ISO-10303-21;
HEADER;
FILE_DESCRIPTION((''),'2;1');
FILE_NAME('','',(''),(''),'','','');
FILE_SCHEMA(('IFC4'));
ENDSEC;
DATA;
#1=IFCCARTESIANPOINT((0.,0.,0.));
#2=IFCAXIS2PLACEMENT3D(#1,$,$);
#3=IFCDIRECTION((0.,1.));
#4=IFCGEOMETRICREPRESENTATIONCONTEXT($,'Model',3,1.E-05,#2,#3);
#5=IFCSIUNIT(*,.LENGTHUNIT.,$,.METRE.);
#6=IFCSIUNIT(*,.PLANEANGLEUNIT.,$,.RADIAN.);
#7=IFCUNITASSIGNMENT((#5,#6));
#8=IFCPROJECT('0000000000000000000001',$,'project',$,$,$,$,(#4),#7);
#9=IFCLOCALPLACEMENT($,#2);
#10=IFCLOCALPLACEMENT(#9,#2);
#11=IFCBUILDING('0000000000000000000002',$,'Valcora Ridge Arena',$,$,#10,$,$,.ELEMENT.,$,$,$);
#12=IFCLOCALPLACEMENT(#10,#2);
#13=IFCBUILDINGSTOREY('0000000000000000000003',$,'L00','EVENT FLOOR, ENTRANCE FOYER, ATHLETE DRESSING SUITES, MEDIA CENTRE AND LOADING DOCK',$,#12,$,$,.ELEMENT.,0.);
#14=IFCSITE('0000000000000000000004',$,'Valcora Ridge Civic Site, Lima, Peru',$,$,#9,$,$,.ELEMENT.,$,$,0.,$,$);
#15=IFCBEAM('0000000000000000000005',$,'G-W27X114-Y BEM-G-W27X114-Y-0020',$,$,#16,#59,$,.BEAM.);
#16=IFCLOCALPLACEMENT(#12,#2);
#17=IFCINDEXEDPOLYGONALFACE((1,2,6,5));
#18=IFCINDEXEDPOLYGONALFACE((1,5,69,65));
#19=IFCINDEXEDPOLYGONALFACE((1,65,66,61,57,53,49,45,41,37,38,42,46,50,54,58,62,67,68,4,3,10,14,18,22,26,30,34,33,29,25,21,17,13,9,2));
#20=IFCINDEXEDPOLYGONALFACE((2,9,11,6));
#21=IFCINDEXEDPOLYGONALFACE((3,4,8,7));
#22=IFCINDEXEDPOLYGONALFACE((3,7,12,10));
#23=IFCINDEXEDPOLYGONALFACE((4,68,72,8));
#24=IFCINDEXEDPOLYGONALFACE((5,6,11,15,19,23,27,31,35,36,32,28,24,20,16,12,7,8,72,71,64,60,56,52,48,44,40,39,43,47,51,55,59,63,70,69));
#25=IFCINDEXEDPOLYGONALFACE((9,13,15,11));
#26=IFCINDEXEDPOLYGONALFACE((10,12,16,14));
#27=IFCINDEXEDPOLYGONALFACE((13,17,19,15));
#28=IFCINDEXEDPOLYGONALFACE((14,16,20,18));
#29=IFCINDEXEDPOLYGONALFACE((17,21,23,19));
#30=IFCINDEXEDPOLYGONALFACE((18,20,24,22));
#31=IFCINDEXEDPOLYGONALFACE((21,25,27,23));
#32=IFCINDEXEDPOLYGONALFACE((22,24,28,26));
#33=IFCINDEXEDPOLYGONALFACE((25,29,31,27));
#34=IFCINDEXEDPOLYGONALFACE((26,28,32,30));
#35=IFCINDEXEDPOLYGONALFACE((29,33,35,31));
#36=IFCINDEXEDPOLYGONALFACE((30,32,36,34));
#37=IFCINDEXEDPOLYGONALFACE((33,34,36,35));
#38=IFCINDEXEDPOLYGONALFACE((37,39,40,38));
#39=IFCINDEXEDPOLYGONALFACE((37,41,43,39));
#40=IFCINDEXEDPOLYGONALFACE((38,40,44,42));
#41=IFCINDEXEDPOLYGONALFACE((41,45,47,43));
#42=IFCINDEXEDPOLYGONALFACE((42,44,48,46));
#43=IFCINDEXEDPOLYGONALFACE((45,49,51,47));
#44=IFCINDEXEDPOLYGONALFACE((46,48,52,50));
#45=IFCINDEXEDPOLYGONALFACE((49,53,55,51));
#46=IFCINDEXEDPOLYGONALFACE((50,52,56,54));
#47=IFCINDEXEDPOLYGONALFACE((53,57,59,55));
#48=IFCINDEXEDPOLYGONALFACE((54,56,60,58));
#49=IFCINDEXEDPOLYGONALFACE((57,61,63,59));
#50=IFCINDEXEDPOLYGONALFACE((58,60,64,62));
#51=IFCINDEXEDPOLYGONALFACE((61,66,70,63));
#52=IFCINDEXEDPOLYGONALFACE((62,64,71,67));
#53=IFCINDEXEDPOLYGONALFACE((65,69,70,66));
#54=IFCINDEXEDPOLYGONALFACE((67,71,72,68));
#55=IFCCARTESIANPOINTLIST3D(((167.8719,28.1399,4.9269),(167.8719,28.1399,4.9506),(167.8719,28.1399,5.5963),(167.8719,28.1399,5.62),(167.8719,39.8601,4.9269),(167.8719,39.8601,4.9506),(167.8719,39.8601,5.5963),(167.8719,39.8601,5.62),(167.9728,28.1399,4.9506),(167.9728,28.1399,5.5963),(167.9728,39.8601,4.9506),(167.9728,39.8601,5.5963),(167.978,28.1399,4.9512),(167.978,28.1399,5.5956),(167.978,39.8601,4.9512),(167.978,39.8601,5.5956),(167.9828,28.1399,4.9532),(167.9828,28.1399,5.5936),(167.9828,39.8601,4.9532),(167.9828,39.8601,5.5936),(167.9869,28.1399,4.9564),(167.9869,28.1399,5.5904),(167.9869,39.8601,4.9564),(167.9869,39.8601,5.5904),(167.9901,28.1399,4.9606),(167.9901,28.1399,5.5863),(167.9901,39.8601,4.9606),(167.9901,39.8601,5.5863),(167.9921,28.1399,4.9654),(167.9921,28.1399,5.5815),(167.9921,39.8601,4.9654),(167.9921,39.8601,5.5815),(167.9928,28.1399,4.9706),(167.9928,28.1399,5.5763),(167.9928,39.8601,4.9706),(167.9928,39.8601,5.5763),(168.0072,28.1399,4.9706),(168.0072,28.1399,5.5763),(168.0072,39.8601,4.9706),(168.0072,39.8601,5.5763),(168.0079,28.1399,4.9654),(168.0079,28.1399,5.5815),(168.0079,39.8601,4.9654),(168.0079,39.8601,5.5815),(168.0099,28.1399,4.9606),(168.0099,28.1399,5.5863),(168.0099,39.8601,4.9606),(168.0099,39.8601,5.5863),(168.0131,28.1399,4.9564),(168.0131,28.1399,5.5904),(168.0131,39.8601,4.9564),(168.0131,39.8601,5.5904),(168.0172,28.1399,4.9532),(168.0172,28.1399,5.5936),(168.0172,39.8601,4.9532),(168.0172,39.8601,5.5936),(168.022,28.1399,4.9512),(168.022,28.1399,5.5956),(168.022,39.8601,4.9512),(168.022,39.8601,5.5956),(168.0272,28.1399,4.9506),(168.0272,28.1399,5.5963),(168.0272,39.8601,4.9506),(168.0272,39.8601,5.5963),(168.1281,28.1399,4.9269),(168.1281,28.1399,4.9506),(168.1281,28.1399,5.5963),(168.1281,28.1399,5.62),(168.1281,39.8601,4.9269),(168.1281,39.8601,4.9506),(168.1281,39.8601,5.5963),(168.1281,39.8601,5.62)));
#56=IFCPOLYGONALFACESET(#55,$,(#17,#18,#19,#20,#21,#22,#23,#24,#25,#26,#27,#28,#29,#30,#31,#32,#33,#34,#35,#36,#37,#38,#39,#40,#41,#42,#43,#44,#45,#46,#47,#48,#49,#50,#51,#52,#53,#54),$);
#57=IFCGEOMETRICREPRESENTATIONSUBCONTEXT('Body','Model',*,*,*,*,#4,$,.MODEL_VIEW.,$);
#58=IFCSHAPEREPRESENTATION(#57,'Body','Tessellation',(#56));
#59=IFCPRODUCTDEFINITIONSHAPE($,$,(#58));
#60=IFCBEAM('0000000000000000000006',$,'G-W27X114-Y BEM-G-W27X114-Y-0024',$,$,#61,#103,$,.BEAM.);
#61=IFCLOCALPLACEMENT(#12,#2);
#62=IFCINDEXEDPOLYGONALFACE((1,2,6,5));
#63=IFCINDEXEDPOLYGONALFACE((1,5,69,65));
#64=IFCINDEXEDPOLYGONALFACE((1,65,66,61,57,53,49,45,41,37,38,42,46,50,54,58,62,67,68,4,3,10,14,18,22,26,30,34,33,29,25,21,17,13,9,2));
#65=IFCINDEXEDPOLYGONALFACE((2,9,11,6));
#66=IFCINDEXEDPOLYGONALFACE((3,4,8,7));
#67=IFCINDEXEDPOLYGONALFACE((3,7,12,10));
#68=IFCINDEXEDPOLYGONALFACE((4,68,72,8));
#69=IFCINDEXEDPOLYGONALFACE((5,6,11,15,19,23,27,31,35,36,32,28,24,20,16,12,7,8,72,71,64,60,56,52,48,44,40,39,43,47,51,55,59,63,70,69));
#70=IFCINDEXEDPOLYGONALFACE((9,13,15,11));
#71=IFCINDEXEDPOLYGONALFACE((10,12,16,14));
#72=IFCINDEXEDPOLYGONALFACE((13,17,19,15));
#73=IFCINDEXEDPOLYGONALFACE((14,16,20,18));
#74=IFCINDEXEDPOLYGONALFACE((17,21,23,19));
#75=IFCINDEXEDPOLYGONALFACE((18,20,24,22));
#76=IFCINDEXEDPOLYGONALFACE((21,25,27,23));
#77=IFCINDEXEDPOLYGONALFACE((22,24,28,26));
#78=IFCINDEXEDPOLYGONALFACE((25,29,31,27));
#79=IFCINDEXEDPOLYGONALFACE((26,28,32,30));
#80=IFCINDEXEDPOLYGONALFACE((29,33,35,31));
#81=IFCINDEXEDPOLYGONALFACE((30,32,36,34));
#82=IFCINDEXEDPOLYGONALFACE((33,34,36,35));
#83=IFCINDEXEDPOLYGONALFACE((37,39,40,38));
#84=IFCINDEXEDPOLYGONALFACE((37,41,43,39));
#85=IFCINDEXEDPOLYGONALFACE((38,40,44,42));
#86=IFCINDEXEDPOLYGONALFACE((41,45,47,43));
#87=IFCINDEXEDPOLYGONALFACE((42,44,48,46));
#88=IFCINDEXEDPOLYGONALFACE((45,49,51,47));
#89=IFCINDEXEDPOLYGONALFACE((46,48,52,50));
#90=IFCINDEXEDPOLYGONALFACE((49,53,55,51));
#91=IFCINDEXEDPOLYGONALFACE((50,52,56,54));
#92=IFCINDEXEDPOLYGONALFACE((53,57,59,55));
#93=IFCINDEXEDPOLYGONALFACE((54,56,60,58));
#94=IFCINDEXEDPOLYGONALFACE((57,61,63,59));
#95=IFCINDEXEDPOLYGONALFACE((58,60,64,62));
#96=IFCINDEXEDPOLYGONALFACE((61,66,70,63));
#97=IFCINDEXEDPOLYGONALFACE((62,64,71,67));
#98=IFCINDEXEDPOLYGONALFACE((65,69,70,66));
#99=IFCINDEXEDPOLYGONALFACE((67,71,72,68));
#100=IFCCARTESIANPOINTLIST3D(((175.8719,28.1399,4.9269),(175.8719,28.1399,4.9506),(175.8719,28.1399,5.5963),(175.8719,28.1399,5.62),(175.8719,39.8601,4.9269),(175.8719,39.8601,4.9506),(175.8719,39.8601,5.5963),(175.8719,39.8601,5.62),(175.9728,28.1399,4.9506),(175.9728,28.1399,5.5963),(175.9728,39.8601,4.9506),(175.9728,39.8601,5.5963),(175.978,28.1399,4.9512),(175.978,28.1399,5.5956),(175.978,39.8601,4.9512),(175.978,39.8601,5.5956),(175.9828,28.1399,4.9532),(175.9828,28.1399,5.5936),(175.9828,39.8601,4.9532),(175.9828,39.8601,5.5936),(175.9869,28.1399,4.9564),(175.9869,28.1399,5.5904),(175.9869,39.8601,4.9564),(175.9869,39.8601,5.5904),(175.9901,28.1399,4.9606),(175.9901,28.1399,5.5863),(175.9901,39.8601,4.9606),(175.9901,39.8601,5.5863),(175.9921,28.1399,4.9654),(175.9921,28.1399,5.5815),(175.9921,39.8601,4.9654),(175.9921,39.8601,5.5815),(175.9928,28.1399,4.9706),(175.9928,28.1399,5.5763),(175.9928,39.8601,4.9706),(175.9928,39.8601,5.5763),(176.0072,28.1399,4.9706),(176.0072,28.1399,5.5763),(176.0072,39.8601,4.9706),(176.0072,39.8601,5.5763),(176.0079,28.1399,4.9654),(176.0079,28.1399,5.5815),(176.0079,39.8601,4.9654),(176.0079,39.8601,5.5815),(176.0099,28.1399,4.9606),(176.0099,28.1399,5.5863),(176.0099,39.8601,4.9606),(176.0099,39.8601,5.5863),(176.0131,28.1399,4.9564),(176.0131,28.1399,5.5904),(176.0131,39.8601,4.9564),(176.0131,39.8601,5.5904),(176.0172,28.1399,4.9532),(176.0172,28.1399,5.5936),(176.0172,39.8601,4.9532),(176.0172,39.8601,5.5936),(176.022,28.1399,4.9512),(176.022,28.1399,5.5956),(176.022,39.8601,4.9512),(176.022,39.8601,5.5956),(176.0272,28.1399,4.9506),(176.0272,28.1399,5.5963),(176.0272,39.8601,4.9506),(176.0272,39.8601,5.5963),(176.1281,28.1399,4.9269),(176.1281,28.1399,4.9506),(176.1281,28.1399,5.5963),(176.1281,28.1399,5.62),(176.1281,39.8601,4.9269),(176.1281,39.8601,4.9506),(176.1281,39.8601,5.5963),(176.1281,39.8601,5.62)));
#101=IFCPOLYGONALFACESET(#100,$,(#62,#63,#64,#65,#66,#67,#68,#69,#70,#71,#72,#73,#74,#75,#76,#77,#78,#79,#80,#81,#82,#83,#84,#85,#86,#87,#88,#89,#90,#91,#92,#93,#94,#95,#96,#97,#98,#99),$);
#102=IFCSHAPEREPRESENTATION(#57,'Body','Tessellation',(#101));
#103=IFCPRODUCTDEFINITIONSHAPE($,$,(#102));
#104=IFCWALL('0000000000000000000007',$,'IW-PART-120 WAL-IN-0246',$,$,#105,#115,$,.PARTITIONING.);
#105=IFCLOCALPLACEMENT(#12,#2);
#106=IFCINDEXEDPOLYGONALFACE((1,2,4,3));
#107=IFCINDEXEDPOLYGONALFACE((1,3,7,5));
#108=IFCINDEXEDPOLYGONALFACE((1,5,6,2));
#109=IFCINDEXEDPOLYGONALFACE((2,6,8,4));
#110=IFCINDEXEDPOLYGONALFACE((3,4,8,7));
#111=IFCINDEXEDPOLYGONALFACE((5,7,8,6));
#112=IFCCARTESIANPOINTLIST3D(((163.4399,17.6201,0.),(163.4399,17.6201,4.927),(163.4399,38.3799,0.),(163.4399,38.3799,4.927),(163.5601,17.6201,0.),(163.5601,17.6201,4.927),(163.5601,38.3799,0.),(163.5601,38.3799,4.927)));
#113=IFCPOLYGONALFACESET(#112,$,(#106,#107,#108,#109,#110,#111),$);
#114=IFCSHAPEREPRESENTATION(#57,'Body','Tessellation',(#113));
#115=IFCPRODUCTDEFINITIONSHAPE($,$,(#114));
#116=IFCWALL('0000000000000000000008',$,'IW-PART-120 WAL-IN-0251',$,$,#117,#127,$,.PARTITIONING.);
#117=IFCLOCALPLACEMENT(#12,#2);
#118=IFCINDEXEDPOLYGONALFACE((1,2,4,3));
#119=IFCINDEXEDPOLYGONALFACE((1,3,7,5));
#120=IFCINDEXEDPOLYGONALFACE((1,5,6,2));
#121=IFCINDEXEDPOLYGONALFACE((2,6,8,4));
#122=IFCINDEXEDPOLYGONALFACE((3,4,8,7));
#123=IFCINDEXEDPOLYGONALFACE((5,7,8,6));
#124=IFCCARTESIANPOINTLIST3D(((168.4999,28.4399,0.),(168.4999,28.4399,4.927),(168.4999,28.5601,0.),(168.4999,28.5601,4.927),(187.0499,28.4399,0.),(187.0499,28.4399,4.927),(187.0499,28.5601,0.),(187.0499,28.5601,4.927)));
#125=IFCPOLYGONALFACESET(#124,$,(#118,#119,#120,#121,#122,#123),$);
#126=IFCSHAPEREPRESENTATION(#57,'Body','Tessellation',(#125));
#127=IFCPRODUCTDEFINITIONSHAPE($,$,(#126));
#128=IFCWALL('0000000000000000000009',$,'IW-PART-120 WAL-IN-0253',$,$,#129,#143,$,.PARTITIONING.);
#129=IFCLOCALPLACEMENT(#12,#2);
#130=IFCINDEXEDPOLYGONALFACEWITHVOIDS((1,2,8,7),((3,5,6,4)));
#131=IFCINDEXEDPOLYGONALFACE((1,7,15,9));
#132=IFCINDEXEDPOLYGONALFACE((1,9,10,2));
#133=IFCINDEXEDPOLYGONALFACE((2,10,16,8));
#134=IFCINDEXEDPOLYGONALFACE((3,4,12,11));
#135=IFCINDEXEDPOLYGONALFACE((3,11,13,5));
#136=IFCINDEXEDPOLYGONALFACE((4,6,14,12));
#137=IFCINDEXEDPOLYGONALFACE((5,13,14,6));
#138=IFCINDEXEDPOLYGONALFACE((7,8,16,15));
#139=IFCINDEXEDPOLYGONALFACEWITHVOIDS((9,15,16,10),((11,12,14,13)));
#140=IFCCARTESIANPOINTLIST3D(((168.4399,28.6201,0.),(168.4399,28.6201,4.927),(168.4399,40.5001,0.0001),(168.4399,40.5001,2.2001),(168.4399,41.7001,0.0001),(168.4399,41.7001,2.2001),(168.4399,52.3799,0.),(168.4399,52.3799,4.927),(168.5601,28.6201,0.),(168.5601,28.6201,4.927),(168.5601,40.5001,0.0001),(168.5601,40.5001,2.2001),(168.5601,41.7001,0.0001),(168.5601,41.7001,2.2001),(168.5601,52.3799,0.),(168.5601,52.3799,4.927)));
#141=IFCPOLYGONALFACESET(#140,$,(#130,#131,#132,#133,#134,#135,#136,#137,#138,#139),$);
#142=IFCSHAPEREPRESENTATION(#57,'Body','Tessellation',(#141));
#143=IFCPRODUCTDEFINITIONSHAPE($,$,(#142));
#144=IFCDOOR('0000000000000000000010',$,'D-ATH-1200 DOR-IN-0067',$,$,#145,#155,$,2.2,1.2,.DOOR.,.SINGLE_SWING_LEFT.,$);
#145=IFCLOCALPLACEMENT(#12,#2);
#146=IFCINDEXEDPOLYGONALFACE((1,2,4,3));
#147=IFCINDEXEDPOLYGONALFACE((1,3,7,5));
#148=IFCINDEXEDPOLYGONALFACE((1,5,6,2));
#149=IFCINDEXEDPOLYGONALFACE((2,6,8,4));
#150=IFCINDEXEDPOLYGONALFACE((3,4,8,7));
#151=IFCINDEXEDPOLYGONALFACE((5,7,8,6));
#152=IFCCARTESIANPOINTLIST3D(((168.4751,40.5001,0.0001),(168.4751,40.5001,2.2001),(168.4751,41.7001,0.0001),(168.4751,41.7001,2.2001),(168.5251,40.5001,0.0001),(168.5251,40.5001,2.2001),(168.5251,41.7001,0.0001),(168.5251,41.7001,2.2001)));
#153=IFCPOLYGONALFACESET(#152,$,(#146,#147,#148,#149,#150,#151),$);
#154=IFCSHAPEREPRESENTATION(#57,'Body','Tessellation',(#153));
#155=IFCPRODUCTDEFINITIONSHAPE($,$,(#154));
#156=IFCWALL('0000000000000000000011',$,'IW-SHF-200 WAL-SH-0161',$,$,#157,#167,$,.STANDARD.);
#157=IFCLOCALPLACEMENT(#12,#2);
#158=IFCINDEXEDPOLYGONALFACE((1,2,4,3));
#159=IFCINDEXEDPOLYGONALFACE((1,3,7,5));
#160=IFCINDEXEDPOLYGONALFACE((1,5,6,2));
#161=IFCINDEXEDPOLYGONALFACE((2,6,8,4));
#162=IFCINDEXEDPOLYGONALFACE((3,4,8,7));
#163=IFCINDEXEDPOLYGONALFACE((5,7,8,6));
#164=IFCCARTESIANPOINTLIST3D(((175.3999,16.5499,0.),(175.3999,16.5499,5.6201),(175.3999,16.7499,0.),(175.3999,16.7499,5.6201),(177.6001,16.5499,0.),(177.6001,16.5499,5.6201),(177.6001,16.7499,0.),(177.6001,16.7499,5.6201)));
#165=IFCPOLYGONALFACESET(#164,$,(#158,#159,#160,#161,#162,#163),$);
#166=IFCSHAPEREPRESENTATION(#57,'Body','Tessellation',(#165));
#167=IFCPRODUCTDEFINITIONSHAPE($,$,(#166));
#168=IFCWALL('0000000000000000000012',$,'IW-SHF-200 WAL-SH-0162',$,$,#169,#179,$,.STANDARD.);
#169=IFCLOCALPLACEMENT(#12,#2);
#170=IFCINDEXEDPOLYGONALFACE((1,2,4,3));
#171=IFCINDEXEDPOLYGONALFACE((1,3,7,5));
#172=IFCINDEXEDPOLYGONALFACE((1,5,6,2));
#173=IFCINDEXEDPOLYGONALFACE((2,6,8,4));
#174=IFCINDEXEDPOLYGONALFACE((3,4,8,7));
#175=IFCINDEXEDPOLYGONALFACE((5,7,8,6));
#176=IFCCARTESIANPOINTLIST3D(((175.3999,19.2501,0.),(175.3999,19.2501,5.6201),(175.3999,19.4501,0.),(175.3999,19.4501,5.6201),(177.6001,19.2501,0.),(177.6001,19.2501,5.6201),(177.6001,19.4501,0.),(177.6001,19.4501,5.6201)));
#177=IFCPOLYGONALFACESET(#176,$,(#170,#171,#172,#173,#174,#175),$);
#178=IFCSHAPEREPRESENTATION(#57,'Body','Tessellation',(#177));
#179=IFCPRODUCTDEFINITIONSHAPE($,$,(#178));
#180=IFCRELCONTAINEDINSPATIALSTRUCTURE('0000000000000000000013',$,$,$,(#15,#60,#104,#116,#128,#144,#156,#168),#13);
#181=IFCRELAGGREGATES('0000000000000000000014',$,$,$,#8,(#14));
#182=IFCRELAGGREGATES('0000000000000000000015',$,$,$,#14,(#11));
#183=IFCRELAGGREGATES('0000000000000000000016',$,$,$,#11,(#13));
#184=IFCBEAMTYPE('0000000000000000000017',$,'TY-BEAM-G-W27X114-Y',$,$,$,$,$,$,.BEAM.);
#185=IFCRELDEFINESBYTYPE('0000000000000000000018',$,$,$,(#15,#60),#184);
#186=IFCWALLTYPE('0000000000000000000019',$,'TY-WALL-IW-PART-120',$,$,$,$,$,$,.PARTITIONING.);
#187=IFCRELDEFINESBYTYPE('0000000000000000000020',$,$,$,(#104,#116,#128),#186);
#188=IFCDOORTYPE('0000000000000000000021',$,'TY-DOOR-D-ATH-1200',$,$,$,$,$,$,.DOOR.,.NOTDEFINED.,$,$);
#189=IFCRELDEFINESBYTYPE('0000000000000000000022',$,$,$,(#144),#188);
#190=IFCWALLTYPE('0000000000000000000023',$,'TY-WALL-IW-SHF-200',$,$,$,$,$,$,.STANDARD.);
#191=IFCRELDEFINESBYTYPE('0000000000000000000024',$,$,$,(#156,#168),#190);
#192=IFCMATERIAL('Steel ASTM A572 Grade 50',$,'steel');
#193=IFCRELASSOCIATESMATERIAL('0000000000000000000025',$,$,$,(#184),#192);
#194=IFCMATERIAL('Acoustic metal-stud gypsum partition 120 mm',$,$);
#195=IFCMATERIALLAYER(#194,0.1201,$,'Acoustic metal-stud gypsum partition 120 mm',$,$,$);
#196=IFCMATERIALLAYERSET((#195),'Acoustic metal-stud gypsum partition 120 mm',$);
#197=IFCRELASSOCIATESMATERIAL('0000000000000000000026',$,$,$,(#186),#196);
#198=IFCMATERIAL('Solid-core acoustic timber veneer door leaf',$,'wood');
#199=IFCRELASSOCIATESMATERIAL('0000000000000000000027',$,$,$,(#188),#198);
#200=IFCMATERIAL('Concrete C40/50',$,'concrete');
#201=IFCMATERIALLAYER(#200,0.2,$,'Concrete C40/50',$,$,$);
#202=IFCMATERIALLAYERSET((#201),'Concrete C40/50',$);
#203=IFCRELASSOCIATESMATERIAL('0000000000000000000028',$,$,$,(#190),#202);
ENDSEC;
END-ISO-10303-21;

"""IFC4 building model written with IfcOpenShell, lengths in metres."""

from ifc_helpers import new_model, si_unit, direction, frame, frame_2d, origin, origin_2d, place, context, subcontext, project, spatial, rectangle, i_section, extrude, material, layer, layer_set, material_profile, profile_set, type_object, element, fill, save


model = new_model("IFC4")

# Units and contexts
model_context = context("Model", 3, precision=1e-05, world=origin(), true_north=direction((0.0, 1.0)))
body_context = subcontext(model_context, "Body", "Model", "MODEL_VIEW")
ifc_project = project(units=[si_unit("LENGTHUNIT", "METRE"), si_unit("PLANEANGLEUNIT", "RADIAN")], contexts=[model_context])

# Site, building, storey
site_placement = place(None, origin())
site = spatial("IfcSite", under=ifc_project, at=site_placement, Name="Valcora Ridge Civic Site, Lima, Peru", CompositionType="ELEMENT", RefElevation=0.0)
building_placement = place(site_placement, origin())
building = spatial("IfcBuilding", under=site, at=building_placement, Name="Valcora Ridge Arena", CompositionType="ELEMENT")
storey_placement = place(building_placement, origin())
storey = spatial("IfcBuildingStorey", under=building, at=storey_placement, Name="L00", Description="EVENT FLOOR, ENTRANCE FOYER, ATHLETE DRESSING SUITES, MEDIA CENTRE AND LOADING DOCK", CompositionType="ELEMENT", Elevation=0.0)

# Shared definitions
ifc_material_1 = material(Name="Concrete C40/50", Category="concrete")

# Shared definitions
ifc_material_2 = material(Name="Steel ASTM A572 Grade 50", Category="steel")

# Beams
ifc_material_profile_1 = material_profile(ifc_material_2, i_section(OverallWidth=0.2561, OverallDepth=0.6931, WebThickness=0.0144, FlangeThickness=0.0237, FilletRadius=0.02, at=origin_2d()), Name="W27X114")
ifc_profile_set_1 = profile_set([ifc_material_profile_1], Name="Steel ASTM A572 Grade 50")
beam_type_1 = type_object("IfcBeamType", Name="TY-BEAM-G-W27X114-Y", PredefinedType="BEAM", material=ifc_profile_set_1)
for number, where, z_axis, x_axis, name in (
    (1, (168.0, 28.1399, 5.2734), (0.0, 1.0, 0.0), (-1.0, 0.0, 0.0), "G-W27X114-Y BEM-G-W27X114-Y-0020"),
    (2, (176.0, 28.1399, 5.2734), (0.0, 1.0, 0.0), (-1.0, 0.0, 0.0), "G-W27X114-Y BEM-G-W27X114-Y-0024"),
):
    element("IfcBeam", number, at=place(storey_placement, frame(where, z_axis=z_axis, x_axis=x_axis)), inside=storey, type_object=beam_type_1, Name=name, PredefinedType="BEAM", context=body_context, shape_type="SweptSolid", body=[
        extrude(i_section(OverallWidth=0.2561, OverallDepth=0.6931, WebThickness=0.0144, FlangeThickness=0.0237, FilletRadius=0.02, at=origin_2d()), origin(), (0.0, 0.0, 1.0), 11.7202),
    ])

# Walls
ifc_material_3 = material(Name="Acoustic metal-stud gypsum partition 120 mm")
ifc_layer_1 = layer(ifc_material_3, 0.1201, Name="Acoustic metal-stud gypsum partition 120 mm")
ifc_layer_set_1 = layer_set([ifc_layer_1], Name="Acoustic metal-stud gypsum partition 120 mm")
wall_type_1 = type_object("IfcWallType", Name="TY-WALL-IW-PART-120", PredefinedType="PARTITIONING", material=ifc_layer_set_1)
wall_1_placement = place(storey_placement, frame((163.5, 17.6201, 0.0), z_axis=(0.0, 0.0, 1.0), x_axis=(0.0, 1.0, 0.0)))
element("IfcWall", 3, at=wall_1_placement, inside=storey, type_object=wall_type_1, Name="IW-PART-120 WAL-IN-0246", PredefinedType="PARTITIONING", context=body_context, shape_type="SweptSolid", body=[
    extrude(rectangle(XDim=20.7598, YDim=0.1201, at=frame_2d((10.3799, 0.0))), origin(), (0.0, 0.0, 1.0), 4.927),
])
wall_2_placement = place(storey_placement, frame((168.5, 28.5, 0.0), z_axis=(0.0, 0.0, 1.0), x_axis=(1.0, 0.0, 0.0)))
element("IfcWall", 4, at=wall_2_placement, inside=storey, type_object=wall_type_1, Name="IW-PART-120 WAL-IN-0251", PredefinedType="PARTITIONING", context=body_context, shape_type="SweptSolid", body=[
    extrude(rectangle(XDim=18.55, YDim=0.1201, at=frame_2d((9.2749, 0.0))), origin(), (0.0, 0.0, 1.0), 4.927),
])

# Wall, opening, door
wall_3_placement = place(storey_placement, frame((168.5, 28.6201, 0.0), z_axis=(0.0, 0.0, 1.0), x_axis=(0.0, 1.0, 0.0)))
wall_3 = element("IfcWall", 5, at=wall_3_placement, inside=storey, type_object=wall_type_1, Name="IW-PART-120 WAL-IN-0253", PredefinedType="PARTITIONING", context=body_context, shape_type="SweptSolid", body=[
    extrude(rectangle(XDim=23.7598, YDim=0.1201, at=frame_2d((11.8799, 0.0))), origin(), (0.0, 0.0, 1.0), 4.927),
])
opening_1_placement = place(wall_3_placement, frame((11.8799, 0.0, 0.0)))
opening_1 = element("IfcOpeningElement", 6, at=opening_1_placement, cuts=wall_3, PredefinedType="OPENING", context=body_context, shape_type="SweptSolid", body=[
    extrude(rectangle(XDim=1.2, YDim=2.2, at=frame_2d((0.6001, 1.1001))), frame((0.0, 0.0701, 0.0), z_axis=(0.0, -1.0, 0.0), x_axis=(1.0, 0.0, 0.0)), (0.0, 0.0, 1.0), 0.1401),
])
ifc_material_4 = material(Name="Solid-core acoustic timber veneer door leaf", Category="wood")
door_type_1 = type_object("IfcDoorType", Name="TY-DOOR-D-ATH-1200", OperationType="NOTDEFINED", PredefinedType="DOOR", material=ifc_material_4)
door_1_placement = place(opening_1_placement, origin())
door_1 = element("IfcDoor", 7, at=door_1_placement, inside=storey, type_object=door_type_1, Name="D-ATH-1200 DOR-IN-0067", OperationType="SINGLE_SWING_LEFT", OverallHeight=2.2, OverallWidth=1.2, PredefinedType="DOOR", context=body_context, shape_type="SweptSolid", body=[
    extrude(rectangle(XDim=1.2, YDim=2.2, at=frame_2d((0.6001, 1.1001))), frame((0.0, 0.0249, 0.0), z_axis=(0.0, -1.0, 0.0), x_axis=(1.0, 0.0, 0.0)), (0.0, 0.0, 1.0), 0.05),
])
fill(opening_1, door_1)

# Walls
ifc_layer_2 = layer(ifc_material_1, 0.2, Name="Concrete C40/50")
ifc_layer_set_2 = layer_set([ifc_layer_2], Name="Concrete C40/50")
wall_type_2 = type_object("IfcWallType", Name="TY-WALL-IW-SHF-200", PredefinedType="STANDARD", material=ifc_layer_set_2)
for number, where, z_axis, x_axis, name in (
    (8, (175.3999, 16.6499, 0.0), (0.0, 0.0, 1.0), (1.0, 0.0, 0.0), "IW-SHF-200 WAL-SH-0161"),
    (9, (175.3999, 19.3501, 0.0), (0.0, 0.0, 1.0), (1.0, 0.0, 0.0), "IW-SHF-200 WAL-SH-0162"),
):
    element("IfcWall", number, at=place(storey_placement, frame(where, z_axis=z_axis, x_axis=x_axis)), inside=storey, type_object=wall_type_2, Name=name, PredefinedType="STANDARD", context=body_context, shape_type="SweptSolid", body=[
        extrude(rectangle(XDim=2.2002, YDim=0.2, at=frame_2d((1.1001, 0.0))), origin(), (0.0, 0.0, 1.0), 5.6201),
    ])

save(model, "model.ifc")
